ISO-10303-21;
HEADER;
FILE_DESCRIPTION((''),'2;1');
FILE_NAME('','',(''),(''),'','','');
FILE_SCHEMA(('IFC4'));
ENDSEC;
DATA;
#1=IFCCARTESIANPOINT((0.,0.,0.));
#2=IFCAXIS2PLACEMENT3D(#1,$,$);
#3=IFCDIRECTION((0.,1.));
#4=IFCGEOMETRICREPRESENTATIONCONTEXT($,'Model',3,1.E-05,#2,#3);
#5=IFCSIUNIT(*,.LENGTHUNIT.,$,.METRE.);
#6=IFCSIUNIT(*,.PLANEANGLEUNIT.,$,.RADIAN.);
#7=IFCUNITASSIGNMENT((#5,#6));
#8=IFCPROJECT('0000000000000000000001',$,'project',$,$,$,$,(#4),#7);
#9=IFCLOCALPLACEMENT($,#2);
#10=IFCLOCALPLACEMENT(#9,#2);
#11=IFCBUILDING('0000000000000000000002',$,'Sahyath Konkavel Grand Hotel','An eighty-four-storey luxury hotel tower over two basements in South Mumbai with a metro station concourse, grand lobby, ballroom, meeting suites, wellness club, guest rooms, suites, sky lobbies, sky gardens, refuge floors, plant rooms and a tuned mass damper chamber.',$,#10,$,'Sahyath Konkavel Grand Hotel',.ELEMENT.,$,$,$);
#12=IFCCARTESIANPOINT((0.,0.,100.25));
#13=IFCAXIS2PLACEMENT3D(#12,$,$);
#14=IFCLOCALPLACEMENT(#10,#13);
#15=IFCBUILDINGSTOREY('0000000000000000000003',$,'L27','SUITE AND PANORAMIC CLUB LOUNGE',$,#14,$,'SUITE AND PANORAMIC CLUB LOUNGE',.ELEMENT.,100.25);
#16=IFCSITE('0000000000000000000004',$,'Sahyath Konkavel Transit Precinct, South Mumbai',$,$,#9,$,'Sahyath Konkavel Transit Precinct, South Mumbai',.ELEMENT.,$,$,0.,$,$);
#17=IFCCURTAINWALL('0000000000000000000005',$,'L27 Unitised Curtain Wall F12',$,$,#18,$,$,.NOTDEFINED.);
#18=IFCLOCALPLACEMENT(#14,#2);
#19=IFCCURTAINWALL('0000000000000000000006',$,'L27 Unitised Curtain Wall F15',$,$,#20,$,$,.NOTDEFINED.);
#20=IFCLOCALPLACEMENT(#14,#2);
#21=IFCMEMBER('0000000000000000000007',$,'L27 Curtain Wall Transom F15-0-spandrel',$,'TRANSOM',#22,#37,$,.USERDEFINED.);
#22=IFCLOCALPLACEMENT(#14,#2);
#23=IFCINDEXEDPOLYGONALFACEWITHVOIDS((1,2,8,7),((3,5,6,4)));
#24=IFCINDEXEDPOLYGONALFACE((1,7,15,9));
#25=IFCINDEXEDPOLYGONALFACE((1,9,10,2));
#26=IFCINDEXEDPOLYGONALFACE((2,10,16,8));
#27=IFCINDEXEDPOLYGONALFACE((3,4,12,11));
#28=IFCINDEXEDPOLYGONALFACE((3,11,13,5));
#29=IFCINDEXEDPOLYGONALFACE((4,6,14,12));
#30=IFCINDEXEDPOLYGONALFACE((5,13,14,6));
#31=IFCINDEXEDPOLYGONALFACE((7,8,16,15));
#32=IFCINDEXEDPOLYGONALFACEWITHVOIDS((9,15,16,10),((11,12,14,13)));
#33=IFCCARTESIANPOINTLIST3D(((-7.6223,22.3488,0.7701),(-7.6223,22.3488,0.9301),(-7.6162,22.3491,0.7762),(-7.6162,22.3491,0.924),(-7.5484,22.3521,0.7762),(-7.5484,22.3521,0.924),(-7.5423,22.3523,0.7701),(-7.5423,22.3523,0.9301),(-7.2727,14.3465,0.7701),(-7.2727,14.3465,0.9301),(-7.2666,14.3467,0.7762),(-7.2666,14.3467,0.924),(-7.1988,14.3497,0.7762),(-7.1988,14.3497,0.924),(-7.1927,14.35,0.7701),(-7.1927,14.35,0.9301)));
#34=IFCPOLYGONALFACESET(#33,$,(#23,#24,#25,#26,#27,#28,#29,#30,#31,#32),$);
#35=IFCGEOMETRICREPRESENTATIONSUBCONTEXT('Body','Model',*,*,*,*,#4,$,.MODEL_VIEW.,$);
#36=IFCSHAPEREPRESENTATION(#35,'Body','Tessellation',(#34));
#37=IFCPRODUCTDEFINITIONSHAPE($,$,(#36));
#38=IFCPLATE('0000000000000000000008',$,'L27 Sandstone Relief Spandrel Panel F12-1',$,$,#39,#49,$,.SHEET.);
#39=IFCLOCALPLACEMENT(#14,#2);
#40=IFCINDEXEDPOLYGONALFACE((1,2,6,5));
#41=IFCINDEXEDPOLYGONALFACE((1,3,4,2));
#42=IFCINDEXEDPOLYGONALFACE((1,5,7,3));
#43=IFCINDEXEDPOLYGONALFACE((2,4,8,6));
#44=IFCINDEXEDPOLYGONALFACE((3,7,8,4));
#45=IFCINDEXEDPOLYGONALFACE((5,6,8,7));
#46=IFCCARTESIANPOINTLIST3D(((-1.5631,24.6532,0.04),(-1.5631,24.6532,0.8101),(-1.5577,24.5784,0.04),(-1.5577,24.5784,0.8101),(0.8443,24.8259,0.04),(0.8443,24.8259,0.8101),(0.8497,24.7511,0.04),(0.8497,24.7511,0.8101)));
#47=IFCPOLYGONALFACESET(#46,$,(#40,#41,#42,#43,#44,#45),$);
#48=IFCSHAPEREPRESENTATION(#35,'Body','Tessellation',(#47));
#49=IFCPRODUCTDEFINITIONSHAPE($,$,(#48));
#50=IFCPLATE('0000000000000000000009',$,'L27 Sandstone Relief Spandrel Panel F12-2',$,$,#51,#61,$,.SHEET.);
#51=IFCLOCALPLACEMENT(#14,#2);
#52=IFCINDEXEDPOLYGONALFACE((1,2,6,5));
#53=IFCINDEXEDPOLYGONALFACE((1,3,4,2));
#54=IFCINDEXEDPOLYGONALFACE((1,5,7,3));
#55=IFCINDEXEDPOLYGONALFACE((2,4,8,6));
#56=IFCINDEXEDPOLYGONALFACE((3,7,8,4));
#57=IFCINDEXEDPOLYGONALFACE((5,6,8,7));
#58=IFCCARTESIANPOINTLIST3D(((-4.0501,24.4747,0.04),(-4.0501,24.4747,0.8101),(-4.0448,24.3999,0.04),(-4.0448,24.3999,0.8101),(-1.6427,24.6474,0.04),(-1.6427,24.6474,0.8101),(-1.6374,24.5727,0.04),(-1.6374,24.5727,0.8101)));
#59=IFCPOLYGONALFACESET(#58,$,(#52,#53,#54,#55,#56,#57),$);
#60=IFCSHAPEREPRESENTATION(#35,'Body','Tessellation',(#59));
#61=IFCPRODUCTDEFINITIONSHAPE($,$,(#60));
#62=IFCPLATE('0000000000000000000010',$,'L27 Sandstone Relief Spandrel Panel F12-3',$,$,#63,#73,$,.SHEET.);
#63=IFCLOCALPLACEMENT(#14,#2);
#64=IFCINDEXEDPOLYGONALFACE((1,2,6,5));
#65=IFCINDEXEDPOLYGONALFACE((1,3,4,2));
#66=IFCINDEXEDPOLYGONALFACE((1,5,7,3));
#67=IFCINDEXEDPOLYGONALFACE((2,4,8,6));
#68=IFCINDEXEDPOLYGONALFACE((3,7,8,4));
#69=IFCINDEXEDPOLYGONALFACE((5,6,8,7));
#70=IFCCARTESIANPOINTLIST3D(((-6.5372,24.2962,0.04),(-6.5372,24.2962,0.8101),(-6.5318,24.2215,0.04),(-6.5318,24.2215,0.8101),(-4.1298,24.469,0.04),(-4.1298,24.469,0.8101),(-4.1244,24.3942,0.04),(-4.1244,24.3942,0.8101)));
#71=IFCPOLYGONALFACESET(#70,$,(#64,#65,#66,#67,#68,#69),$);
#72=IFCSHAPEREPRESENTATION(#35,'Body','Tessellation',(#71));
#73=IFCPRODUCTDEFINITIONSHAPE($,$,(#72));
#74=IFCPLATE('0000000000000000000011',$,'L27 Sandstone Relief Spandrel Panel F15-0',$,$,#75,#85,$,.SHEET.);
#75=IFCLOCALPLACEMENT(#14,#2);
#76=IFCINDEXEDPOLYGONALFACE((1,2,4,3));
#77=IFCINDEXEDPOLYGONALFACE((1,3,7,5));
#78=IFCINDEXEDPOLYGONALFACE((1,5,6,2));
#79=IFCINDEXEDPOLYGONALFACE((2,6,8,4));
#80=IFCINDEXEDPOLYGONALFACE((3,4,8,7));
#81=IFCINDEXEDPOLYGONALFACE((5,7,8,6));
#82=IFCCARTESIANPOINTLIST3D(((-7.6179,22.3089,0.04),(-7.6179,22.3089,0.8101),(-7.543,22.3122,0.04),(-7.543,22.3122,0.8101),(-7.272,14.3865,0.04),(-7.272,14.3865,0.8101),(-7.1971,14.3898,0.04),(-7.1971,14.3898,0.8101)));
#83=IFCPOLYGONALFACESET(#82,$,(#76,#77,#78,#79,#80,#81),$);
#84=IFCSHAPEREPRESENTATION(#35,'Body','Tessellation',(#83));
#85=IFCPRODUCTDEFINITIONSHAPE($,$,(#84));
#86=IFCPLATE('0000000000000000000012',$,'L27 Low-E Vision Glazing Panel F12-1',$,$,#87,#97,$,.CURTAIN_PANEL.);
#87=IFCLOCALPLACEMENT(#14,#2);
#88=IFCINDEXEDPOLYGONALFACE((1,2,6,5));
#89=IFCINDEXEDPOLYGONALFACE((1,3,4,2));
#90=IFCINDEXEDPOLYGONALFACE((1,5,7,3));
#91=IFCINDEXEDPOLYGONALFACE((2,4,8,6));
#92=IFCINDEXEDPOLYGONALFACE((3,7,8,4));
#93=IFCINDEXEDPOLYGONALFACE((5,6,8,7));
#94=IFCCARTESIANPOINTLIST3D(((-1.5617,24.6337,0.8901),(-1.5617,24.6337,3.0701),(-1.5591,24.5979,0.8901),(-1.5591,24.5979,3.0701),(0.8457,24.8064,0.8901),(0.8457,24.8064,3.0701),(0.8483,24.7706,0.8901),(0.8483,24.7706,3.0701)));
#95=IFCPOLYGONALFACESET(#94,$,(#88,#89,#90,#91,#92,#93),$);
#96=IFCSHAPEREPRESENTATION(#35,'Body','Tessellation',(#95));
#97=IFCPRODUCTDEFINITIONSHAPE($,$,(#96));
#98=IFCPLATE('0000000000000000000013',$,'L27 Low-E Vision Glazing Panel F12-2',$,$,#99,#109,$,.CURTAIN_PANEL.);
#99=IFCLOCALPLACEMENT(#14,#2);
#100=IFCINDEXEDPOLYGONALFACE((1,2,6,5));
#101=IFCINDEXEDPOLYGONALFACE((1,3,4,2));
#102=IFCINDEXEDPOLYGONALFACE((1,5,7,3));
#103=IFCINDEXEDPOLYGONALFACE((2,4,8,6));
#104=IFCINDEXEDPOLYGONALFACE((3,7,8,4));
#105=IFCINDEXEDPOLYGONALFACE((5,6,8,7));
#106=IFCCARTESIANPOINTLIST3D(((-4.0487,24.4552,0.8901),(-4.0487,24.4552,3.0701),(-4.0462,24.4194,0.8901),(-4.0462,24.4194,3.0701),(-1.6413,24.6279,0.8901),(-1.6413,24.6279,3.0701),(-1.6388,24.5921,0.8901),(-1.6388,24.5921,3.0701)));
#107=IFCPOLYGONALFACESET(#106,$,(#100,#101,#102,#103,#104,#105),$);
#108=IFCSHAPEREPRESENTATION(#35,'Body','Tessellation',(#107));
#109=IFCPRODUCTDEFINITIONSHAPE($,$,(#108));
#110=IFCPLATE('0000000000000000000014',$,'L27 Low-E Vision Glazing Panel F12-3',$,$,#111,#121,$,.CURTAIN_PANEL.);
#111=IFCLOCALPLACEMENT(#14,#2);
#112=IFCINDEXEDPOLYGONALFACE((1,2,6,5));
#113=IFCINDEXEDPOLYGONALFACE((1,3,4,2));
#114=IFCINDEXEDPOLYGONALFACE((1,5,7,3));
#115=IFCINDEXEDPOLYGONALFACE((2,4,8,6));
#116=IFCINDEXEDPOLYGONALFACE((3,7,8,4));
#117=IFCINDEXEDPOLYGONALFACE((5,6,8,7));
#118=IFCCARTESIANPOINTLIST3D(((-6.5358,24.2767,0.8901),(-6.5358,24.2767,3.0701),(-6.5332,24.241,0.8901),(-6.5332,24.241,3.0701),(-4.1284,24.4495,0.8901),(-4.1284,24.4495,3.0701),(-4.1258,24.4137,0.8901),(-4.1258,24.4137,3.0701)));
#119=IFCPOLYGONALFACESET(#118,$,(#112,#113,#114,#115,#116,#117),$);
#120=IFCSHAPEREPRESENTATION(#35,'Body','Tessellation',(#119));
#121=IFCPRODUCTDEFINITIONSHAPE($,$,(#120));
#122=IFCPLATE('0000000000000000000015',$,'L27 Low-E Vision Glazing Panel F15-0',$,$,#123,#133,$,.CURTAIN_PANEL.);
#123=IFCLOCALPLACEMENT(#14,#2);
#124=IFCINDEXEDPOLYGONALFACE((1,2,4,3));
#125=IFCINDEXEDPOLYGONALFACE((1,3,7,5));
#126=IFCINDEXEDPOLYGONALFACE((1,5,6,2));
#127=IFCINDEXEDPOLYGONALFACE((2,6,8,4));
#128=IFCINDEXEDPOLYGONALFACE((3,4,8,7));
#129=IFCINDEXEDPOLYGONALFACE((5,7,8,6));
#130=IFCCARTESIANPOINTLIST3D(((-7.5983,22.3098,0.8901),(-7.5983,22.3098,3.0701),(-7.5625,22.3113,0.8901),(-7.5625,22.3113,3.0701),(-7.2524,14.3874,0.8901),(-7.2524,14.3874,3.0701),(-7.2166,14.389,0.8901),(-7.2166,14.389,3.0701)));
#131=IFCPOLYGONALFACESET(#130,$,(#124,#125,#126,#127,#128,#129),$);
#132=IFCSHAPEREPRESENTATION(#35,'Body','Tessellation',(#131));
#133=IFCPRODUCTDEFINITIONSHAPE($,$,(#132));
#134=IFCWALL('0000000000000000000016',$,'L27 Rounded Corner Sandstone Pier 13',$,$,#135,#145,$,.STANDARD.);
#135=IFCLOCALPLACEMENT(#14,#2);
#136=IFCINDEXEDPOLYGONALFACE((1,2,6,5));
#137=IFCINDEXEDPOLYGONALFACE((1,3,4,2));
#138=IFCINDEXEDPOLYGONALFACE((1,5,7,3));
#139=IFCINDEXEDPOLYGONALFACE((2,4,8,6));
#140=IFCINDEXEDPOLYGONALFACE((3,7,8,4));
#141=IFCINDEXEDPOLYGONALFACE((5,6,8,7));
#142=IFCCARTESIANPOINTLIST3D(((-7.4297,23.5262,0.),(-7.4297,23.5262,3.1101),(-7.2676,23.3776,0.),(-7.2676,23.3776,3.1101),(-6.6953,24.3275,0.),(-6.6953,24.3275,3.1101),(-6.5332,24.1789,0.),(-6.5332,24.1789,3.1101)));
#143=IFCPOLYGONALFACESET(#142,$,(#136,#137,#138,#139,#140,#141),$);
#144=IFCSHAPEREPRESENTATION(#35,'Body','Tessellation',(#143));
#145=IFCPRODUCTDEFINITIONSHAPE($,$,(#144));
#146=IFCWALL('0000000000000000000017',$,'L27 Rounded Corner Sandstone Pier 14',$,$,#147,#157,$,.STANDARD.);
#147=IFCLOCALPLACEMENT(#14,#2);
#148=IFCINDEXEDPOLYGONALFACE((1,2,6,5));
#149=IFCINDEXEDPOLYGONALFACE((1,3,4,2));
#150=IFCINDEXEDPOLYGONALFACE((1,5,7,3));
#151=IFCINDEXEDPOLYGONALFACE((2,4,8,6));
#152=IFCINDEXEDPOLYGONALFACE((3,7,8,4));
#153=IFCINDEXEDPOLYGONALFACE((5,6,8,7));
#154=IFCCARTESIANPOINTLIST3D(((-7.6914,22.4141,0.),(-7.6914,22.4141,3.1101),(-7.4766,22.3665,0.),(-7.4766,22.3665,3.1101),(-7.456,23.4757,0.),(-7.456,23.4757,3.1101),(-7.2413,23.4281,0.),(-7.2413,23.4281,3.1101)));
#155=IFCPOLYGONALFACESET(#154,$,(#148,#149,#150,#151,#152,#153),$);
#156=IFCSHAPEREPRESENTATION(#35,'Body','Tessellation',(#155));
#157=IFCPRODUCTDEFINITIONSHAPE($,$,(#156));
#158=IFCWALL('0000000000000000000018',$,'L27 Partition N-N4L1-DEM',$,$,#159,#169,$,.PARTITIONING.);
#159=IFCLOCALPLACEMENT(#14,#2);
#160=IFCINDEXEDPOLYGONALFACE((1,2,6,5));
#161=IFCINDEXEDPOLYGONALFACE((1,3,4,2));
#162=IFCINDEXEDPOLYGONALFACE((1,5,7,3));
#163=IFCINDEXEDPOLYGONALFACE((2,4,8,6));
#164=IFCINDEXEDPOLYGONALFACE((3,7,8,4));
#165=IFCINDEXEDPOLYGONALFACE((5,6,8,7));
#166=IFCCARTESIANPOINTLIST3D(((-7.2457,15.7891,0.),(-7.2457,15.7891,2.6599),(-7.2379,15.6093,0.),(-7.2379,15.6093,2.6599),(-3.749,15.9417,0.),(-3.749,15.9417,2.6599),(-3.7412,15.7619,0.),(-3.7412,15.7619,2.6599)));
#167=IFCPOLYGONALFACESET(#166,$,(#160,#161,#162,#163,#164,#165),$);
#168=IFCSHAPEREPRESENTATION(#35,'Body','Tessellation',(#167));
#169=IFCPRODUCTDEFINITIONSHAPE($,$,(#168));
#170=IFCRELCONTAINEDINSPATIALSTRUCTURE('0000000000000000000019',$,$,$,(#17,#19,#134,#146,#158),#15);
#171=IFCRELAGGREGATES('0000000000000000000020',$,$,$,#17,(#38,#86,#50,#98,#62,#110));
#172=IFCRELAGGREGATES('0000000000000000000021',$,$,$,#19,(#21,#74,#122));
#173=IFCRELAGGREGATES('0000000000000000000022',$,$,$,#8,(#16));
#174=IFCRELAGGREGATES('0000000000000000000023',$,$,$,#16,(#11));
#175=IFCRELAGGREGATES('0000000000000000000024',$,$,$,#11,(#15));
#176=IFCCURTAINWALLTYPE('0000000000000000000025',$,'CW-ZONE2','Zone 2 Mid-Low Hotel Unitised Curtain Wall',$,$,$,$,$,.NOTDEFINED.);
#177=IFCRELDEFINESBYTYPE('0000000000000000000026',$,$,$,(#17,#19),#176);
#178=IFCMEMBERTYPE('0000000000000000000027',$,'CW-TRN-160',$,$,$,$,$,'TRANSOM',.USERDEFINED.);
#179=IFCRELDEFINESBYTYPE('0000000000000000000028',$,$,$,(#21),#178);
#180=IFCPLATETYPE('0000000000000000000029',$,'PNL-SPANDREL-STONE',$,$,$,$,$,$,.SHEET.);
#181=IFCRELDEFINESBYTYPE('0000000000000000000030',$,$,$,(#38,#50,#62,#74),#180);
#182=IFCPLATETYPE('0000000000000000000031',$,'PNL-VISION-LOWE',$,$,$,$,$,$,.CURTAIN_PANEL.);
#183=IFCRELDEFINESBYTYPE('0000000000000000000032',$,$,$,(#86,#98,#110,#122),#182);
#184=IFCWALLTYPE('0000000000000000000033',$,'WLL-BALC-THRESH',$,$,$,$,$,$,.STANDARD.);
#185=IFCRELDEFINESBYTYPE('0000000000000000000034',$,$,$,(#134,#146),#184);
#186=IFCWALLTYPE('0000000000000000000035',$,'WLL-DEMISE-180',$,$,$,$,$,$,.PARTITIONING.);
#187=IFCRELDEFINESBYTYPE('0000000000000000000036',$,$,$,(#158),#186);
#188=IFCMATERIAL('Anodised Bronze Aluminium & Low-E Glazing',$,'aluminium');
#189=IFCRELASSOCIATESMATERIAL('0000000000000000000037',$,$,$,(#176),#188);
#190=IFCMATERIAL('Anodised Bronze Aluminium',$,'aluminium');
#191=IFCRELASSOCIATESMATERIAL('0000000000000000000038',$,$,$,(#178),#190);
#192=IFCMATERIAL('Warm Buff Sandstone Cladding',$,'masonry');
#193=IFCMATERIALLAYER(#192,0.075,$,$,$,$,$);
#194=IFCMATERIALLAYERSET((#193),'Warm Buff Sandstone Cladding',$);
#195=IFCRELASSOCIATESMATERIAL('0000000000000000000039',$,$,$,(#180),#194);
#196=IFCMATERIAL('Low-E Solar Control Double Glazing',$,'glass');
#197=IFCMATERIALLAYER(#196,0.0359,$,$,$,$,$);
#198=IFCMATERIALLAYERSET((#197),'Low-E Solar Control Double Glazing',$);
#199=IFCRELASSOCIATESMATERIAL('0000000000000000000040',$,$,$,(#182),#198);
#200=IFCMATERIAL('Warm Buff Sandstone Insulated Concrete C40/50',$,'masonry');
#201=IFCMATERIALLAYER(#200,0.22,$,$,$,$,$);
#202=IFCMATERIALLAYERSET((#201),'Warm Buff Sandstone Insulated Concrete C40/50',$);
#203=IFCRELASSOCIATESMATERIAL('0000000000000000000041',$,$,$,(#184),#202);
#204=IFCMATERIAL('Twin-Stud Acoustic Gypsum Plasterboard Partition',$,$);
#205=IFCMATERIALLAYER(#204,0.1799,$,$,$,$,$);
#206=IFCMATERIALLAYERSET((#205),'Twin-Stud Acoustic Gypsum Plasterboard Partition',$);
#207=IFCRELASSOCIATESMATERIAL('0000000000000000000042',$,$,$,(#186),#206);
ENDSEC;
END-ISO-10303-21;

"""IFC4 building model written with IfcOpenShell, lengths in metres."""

from ifc_helpers import new_model, si_unit, direction, frame, frame_2d, origin, origin_2d, place, context, subcontext, project, spatial, rectangle, hollow_rectangle, extrude, source, transform, mapped, material, layer, layer_set, material_profile, profile_set, type_object, element, aggregate, save


model = new_model("IFC4")

# Units and contexts
model_context = context("Model", 3, precision=1e-05, world=origin(), true_north=direction((0.0, 1.0)))
body_context = subcontext(model_context, "Body", "Model", "MODEL_VIEW")
ifc_project = project(units=[si_unit("LENGTHUNIT", "METRE"), si_unit("PLANEANGLEUNIT", "RADIAN")], contexts=[model_context])

# Site, building, storey
site_placement = place(None, origin())
site = spatial("IfcSite", under=ifc_project, at=site_placement, Name="Sahyath Konkavel Transit Precinct, South Mumbai", LongName="Sahyath Konkavel Transit Precinct, South Mumbai", CompositionType="ELEMENT", RefElevation=0.0)
building_placement = place(site_placement, origin())
building = spatial("IfcBuilding", under=site, at=building_placement, Name="Sahyath Konkavel Grand Hotel", Description="An eighty-four-storey luxury hotel tower over two basements in South Mumbai with a metro station concourse, grand lobby, ballroom, meeting suites, wellness club, guest rooms, suites, sky lobbies, sky gardens, refuge floors, plant rooms and a tuned mass damper chamber.", LongName="Sahyath Konkavel Grand Hotel", CompositionType="ELEMENT")
storey_placement = place(building_placement, frame((0.0, 0.0, 100.25)))
storey = spatial("IfcBuildingStorey", under=building, at=storey_placement, Name="L27", Description="SUITE AND PANORAMIC CLUB LOUNGE", LongName="SUITE AND PANORAMIC CLUB LOUNGE", CompositionType="ELEMENT", Elevation=100.25)

# Curtain wall
ifc_material_1 = material(Name="Anodised Bronze Aluminium & Low-E Glazing", Category="aluminium")
curtain_wall_type = type_object("IfcCurtainWallType", Name="CW-ZONE2", Description="Zone 2 Mid-Low Hotel Unitised Curtain Wall", PredefinedType="NOTDEFINED", material=ifc_material_1)
curtain_wall_1_placement = place(storey_placement, origin())
curtain_wall_1 = element("IfcCurtainWall", 1, at=curtain_wall_1_placement, inside=storey, type_object=curtain_wall_type, Name="L27 Unitised Curtain Wall F12", PredefinedType="NOTDEFINED")
ifc_material_2 = material(Name="Anodised Bronze Aluminium", Category="aluminium")

# Curtain wall
curtain_wall_2_placement = place(storey_placement, origin())
curtain_wall_2 = element("IfcCurtainWall", 2, at=curtain_wall_2_placement, inside=storey, type_object=curtain_wall_type, Name="L27 Unitised Curtain Wall F15", PredefinedType="NOTDEFINED")

# Member
ifc_material_profile_1 = material_profile(ifc_material_2, hollow_rectangle(XDim=0.0801, YDim=0.1599, WallThickness=0.0061, at=origin_2d()), Name="RHS 160x80x6")
ifc_profile_set_1 = profile_set([ifc_material_profile_1], Name="Anodised Bronze Aluminium")
member_type_1 = type_object("IfcMemberType", Name="CW-TRN-160", ElementType="TRANSOM", PredefinedType="USERDEFINED", material=ifc_profile_set_1)
shared_shape_1 = source(origin(), body_context, "Body", "SweptSolid", [
    extrude(hollow_rectangle(XDim=0.0801, YDim=0.1599, WallThickness=0.0061, at=origin_2d()), origin(), (0.0, 0.0, 1.0), 8.01),
])
member_1_placement = place(storey_placement, frame((-7.5823, 22.3506, 0.8501), z_axis=(0.043646, -0.999047, 0.0), x_axis=(0.999047, 0.043646, 0.0)))
member_1 = element("IfcMember", 3, at=member_1_placement, type_object=member_type_1, Name="L27 Curtain Wall Transom F15-0-spandrel", ObjectType="TRANSOM", PredefinedType="USERDEFINED", context=body_context, shape_type="MappedRepresentation", body=[
    mapped(shared_shape_1, transform((0.0, 0.0, 0.0), scale=1.0)),
])

# Plates
ifc_material_3 = material(Name="Warm Buff Sandstone Cladding", Category="masonry")
ifc_layer_1 = layer(ifc_material_3, 0.075)
ifc_layer_set_1 = layer_set([ifc_layer_1], Name="Warm Buff Sandstone Cladding")
plate_type_1 = type_object("IfcPlateType", Name="PNL-SPANDREL-STONE", PredefinedType="SHEET", material=ifc_layer_set_1)
shared_shape_2 = source(origin(), body_context, "Body", "SweptSolid", [
    extrude(rectangle(XDim=2.4136, YDim=0.075, at=origin_2d()), origin(), (0.0, 0.0, 1.0), 0.77),
])
plate_1_placement = place(storey_placement, frame((-0.3567, 24.7021, 0.04), z_axis=(0.0, 0.0, 1.0), x_axis=(-0.997436, -0.071567, 0.0)))
plate_1 = element("IfcPlate", 4, at=plate_1_placement, type_object=plate_type_1, Name="L27 Sandstone Relief Spandrel Panel F12-1", PredefinedType="SHEET", context=body_context, shape_type="MappedRepresentation", body=[
    mapped(shared_shape_2, transform((0.0, 0.0, 0.0), scale=1.0)),
])
plate_2_placement = place(storey_placement, frame((-2.8438, 24.5237, 0.04), z_axis=(0.0, 0.0, 1.0), x_axis=(-0.997436, -0.071567, 0.0)))
plate_2 = element("IfcPlate", 5, at=plate_2_placement, type_object=plate_type_1, Name="L27 Sandstone Relief Spandrel Panel F12-2", PredefinedType="SHEET", context=body_context, shape_type="MappedRepresentation", body=[
    mapped(shared_shape_2, transform((0.0, 0.0, 0.0), scale=1.0)),
])
plate_3_placement = place(storey_placement, frame((-5.3308, 24.3452, 0.04), z_axis=(0.0, 0.0, 1.0), x_axis=(-0.997436, -0.071567, 0.0)))
plate_3 = element("IfcPlate", 6, at=plate_3_placement, type_object=plate_type_1, Name="L27 Sandstone Relief Spandrel Panel F12-3", PredefinedType="SHEET", context=body_context, shape_type="MappedRepresentation", body=[
    mapped(shared_shape_2, transform((0.0, 0.0, 0.0), scale=1.0)),
])
shared_shape_3 = source(origin(), body_context, "Body", "SweptSolid", [
    extrude(rectangle(XDim=7.9299, YDim=0.075, at=origin_2d()), origin(), (0.0, 0.0, 1.0), 0.77),
])
plate_4_placement = place(storey_placement, frame((-7.4075, 18.3494, 0.04), z_axis=(0.0, 0.0, 1.0), x_axis=(0.043619, -0.999048, 0.0)))
plate_4 = element("IfcPlate", 7, at=plate_4_placement, type_object=plate_type_1, Name="L27 Sandstone Relief Spandrel Panel F15-0", PredefinedType="SHEET", context=body_context, shape_type="MappedRepresentation", body=[
    mapped(shared_shape_3, transform((0.0, 0.0, 0.0), scale=1.0)),
])
ifc_material_4 = material(Name="Low-E Solar Control Double Glazing", Category="glass")
ifc_layer_2 = layer(ifc_material_4, 0.0359)
ifc_layer_set_2 = layer_set([ifc_layer_2], Name="Low-E Solar Control Double Glazing")
plate_type_2 = type_object("IfcPlateType", Name="PNL-VISION-LOWE", PredefinedType="CURTAIN_PANEL", material=ifc_layer_set_2)
shared_shape_4 = source(origin(), body_context, "Body", "SweptSolid", [
    extrude(rectangle(XDim=2.4136, YDim=0.0359, at=origin_2d()), origin(), (0.0, 0.0, 1.0), 2.1799),
])
plate_5_placement = place(storey_placement, frame((-0.3567, 24.7021, 0.8901), z_axis=(0.0, 0.0, 1.0), x_axis=(-0.997436, -0.071567, 0.0)))
plate_5 = element("IfcPlate", 8, at=plate_5_placement, type_object=plate_type_2, Name="L27 Low-E Vision Glazing Panel F12-1", PredefinedType="CURTAIN_PANEL", context=body_context, shape_type="MappedRepresentation", body=[
    mapped(shared_shape_4, transform((0.0, 0.0, 0.0), scale=1.0)),
])
plate_6_placement = place(storey_placement, frame((-2.8438, 24.5237, 0.8901), z_axis=(0.0, 0.0, 1.0), x_axis=(-0.997436, -0.071567, 0.0)))
plate_6 = element("IfcPlate", 9, at=plate_6_placement, type_object=plate_type_2, Name="L27 Low-E Vision Glazing Panel F12-2", PredefinedType="CURTAIN_PANEL", context=body_context, shape_type="MappedRepresentation", body=[
    mapped(shared_shape_4, transform((0.0, 0.0, 0.0), scale=1.0)),
])
plate_7_placement = place(storey_placement, frame((-5.3308, 24.3452, 0.8901), z_axis=(0.0, 0.0, 1.0), x_axis=(-0.997436, -0.071567, 0.0)))
plate_7 = element("IfcPlate", 10, at=plate_7_placement, type_object=plate_type_2, Name="L27 Low-E Vision Glazing Panel F12-3", PredefinedType="CURTAIN_PANEL", context=body_context, shape_type="MappedRepresentation", body=[
    mapped(shared_shape_4, transform((0.0, 0.0, 0.0), scale=1.0)),
])
aggregate(curtain_wall_1, [plate_1, plate_5, plate_2, plate_6, plate_3, plate_7])
shared_shape_5 = source(origin(), body_context, "Body", "SweptSolid", [
    extrude(rectangle(XDim=7.9299, YDim=0.0359, at=origin_2d()), origin(), (0.0, 0.0, 1.0), 2.1799),
])
plate_8_placement = place(storey_placement, frame((-7.4075, 18.3494, 0.8901), z_axis=(0.0, 0.0, 1.0), x_axis=(0.043619, -0.999048, 0.0)))
plate_8 = element("IfcPlate", 11, at=plate_8_placement, type_object=plate_type_2, Name="L27 Low-E Vision Glazing Panel F15-0", PredefinedType="CURTAIN_PANEL", context=body_context, shape_type="MappedRepresentation", body=[
    mapped(shared_shape_5, transform((0.0, 0.0, 0.0), scale=1.0)),
])
aggregate(curtain_wall_2, [member_1, plate_4, plate_8])

# Walls
ifc_material_5 = material(Name="Warm Buff Sandstone Insulated Concrete C40/50", Category="masonry")
ifc_layer_3 = layer(ifc_material_5, 0.22)
ifc_layer_set_3 = layer_set([ifc_layer_3], Name="Warm Buff Sandstone Insulated Concrete C40/50")
wall_type_1 = type_object("IfcWallType", Name="WLL-BALC-THRESH", PredefinedType="STANDARD", material=ifc_layer_set_3)
wall_1_placement = place(storey_placement, frame((-6.6143, 24.2532, 0.0), z_axis=(0.0, 0.0, 1.0), x_axis=(-0.675664, -0.73721, 0.0)))
element("IfcWall", 12, at=wall_1_placement, inside=storey, type_object=wall_type_1, Name="L27 Rounded Corner Sandstone Pier 13", PredefinedType="STANDARD", context=body_context, shape_type="SweptSolid", body=[
    extrude(rectangle(XDim=1.0869, YDim=0.22, at=frame_2d((0.5435, 0.0))), origin(), (0.0, 0.0, 1.0), 3.1101),
])
wall_2_placement = place(storey_placement, frame((-7.3486, 23.4519, 0.0), z_axis=(0.0, 0.0, 1.0), x_axis=(-0.216455, -0.976293, 0.0)))
element("IfcWall", 13, at=wall_2_placement, inside=storey, type_object=wall_type_1, Name="L27 Rounded Corner Sandstone Pier 14", PredefinedType="STANDARD", context=body_context, shape_type="SweptSolid", body=[
    extrude(rectangle(XDim=1.0874, YDim=0.22, at=frame_2d((0.5437, 0.0))), origin(), (0.0, 0.0, 1.0), 3.1101),
])
ifc_material_6 = material(Name="Twin-Stud Acoustic Gypsum Plasterboard Partition")
ifc_layer_4 = layer(ifc_material_6, 0.1799)
ifc_layer_set_4 = layer_set([ifc_layer_4], Name="Twin-Stud Acoustic Gypsum Plasterboard Partition")
wall_type_2 = type_object("IfcWallType", Name="WLL-DEMISE-180", PredefinedType="PARTITIONING", material=ifc_layer_set_4)
wall_3_placement = place(storey_placement, frame((-3.7451, 15.8518, 0.0), z_axis=(0.0, 0.0, 1.0), x_axis=(-0.999049, -0.043598, 0.0)))
element("IfcWall", 14, at=wall_3_placement, inside=storey, type_object=wall_type_2, Name="L27 Partition N-N4L1-DEM", PredefinedType="PARTITIONING", context=body_context, shape_type="SweptSolid", body=[
    extrude(rectangle(XDim=3.5, YDim=0.1799, at=frame_2d((1.75, 0.0))), origin(), (0.0, 0.0, 1.0), 2.6599),
])

save(model, "model.ifc")
